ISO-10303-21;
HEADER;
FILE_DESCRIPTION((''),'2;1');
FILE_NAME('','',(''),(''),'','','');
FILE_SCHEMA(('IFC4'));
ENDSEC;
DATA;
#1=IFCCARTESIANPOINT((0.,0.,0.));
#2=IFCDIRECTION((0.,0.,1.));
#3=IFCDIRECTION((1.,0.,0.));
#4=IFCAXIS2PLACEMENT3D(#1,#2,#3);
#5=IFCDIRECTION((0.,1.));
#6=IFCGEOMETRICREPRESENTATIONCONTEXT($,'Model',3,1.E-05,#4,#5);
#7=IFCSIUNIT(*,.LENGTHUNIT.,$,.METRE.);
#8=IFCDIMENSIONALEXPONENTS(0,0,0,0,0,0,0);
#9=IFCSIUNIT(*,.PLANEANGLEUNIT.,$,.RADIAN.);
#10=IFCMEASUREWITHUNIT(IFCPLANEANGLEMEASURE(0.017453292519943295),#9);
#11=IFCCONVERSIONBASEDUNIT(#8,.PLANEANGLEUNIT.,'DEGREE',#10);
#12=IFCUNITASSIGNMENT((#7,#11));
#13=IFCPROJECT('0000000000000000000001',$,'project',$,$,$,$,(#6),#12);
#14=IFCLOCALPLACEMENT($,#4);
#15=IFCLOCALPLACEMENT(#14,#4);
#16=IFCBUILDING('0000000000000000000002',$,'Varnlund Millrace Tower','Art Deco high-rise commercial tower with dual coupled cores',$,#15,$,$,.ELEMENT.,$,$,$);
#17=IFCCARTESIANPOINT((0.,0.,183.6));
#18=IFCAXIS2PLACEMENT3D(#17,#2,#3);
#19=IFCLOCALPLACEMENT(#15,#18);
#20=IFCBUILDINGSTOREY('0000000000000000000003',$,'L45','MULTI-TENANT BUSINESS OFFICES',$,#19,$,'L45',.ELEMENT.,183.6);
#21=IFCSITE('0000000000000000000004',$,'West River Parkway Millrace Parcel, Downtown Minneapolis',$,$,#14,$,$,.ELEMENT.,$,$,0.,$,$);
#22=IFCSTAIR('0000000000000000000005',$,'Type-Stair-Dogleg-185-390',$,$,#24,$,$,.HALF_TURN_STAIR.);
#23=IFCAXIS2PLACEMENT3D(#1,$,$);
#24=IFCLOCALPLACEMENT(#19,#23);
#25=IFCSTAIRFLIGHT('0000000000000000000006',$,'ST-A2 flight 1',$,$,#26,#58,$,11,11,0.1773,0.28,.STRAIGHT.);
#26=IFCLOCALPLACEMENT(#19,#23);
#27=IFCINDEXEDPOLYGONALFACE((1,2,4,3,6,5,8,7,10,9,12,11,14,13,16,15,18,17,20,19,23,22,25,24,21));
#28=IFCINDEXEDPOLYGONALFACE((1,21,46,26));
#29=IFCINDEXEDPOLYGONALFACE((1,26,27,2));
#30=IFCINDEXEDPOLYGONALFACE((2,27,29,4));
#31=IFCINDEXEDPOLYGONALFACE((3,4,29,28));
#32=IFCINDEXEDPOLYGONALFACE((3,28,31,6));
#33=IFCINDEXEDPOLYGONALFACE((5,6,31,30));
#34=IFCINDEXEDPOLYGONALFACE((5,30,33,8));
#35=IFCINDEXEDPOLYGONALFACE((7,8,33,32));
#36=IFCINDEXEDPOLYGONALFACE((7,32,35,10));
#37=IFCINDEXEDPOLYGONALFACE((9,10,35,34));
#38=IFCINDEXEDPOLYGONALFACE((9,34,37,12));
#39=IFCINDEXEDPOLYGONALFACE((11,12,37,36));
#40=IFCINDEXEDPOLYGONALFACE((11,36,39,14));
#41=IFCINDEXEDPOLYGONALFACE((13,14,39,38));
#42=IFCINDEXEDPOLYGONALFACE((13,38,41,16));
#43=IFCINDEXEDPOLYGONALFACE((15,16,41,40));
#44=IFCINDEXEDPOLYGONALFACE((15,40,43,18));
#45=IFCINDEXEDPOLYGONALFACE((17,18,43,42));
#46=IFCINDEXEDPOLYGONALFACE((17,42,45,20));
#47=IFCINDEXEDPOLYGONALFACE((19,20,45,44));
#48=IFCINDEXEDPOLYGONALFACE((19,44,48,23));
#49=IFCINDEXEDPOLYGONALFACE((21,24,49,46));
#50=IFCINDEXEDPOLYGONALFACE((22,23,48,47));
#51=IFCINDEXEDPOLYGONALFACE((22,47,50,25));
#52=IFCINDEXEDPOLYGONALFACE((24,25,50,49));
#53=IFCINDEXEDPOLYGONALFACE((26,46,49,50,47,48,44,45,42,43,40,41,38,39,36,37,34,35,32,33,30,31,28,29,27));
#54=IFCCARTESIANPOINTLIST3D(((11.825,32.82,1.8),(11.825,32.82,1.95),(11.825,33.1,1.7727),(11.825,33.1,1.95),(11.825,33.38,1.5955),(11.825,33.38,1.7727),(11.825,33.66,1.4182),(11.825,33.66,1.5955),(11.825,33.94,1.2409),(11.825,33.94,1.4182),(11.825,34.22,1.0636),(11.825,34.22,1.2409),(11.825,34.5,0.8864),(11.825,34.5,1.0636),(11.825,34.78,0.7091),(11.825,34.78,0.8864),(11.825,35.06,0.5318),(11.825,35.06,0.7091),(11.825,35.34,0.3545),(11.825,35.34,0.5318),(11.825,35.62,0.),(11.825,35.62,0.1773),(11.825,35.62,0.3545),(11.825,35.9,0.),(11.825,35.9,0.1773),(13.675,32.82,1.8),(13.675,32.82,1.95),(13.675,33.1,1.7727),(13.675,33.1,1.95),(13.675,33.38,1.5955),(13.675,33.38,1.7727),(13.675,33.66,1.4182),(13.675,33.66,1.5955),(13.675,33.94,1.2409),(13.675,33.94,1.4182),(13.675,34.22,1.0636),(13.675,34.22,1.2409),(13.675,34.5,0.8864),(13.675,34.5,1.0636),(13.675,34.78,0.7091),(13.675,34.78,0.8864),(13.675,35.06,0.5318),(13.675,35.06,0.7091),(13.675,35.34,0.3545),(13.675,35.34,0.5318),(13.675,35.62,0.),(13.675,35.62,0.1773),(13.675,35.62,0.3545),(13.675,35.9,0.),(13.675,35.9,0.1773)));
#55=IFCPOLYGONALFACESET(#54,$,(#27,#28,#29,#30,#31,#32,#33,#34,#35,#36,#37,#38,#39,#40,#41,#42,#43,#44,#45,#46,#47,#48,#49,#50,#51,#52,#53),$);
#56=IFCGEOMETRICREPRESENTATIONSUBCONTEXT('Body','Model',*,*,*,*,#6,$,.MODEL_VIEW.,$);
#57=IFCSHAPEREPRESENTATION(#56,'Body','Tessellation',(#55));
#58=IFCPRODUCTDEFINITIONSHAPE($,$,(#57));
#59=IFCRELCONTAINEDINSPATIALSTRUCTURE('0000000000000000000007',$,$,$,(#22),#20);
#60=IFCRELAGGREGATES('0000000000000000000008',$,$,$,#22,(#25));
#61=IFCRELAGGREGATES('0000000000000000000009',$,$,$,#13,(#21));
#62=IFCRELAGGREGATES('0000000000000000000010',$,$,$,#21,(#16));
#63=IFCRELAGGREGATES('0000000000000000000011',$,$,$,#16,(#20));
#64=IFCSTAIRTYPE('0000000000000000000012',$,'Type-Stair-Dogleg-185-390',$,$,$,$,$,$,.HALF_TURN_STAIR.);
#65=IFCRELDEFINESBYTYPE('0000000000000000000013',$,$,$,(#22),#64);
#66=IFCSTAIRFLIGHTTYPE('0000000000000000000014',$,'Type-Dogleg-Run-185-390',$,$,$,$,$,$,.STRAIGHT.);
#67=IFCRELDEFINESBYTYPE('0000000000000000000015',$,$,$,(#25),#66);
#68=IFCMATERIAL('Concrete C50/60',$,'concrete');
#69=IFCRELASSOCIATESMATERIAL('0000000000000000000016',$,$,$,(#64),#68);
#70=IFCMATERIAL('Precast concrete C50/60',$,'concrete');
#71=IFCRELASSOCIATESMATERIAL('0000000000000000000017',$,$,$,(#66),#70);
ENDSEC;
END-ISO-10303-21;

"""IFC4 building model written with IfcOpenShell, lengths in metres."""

from ifc_helpers import new_model, entity, si_unit, converted_unit, direction, frame, origin_with_axes, place, context, subcontext, project, spatial, polyline, outline, extrude, material, type_object, element, aggregate, save


model = new_model("IFC4")

# Units and contexts
model_context = context("Model", 3, precision=1e-05, world=origin_with_axes(), true_north=direction((0.0, 1.0)))
body_context = subcontext(model_context, "Body", "Model", "MODEL_VIEW")
ifc_project = project(units=[si_unit("LENGTHUNIT", "METRE"), converted_unit("PLANEANGLEUNIT", "DEGREE", entity("IfcPlaneAngleMeasure", 0.017453292519943295), si_unit("PLANEANGLEUNIT", "RADIAN"), dimensions=[0, 0, 0, 0, 0, 0, 0])], contexts=[model_context])

# Site, building, storey
site_placement = place(None, origin_with_axes())
site = spatial("IfcSite", under=ifc_project, at=site_placement, Name="West River Parkway Millrace Parcel, Downtown Minneapolis", CompositionType="ELEMENT", RefElevation=0.0)
building_placement = place(site_placement, origin_with_axes())
building = spatial("IfcBuilding", under=site, at=building_placement, Name="Varnlund Millrace Tower", Description="Art Deco high-rise commercial tower with dual coupled cores", CompositionType="ELEMENT")
storey_placement = place(building_placement, frame((0.0, 0.0, 183.6), z_axis=(0.0, 0.0, 1.0), x_axis=(1.0, 0.0, 0.0)))
storey = spatial("IfcBuildingStorey", under=building, at=storey_placement, Name="L45", Description="MULTI-TENANT BUSINESS OFFICES", LongName="L45", CompositionType="ELEMENT", Elevation=183.6)

# Stair, stair flight
ifc_material_1 = material(Name="Concrete C50/60", Category="concrete")
ifc_material_2 = material(Name="Precast concrete C50/60", Category="concrete")
stair_type_1 = type_object("IfcStairType", Name="Type-Stair-Dogleg-185-390", PredefinedType="HALF_TURN_STAIR", material=ifc_material_1)
stair_1_placement = place(storey_placement, origin_with_axes())
stair_1 = element("IfcStair", 1, at=stair_1_placement, inside=storey, type_object=stair_type_1, Name="Type-Stair-Dogleg-185-390", PredefinedType="HALF_TURN_STAIR")
stair_flight_type_1 = type_object("IfcStairFlightType", Name="Type-Dogleg-Run-185-390", PredefinedType="STRAIGHT", material=ifc_material_2)
stair_flight_1_placement = place(storey_placement, frame((13.675, 35.9, 0.0), z_axis=(-1.0, 0.0, 0.0), x_axis=(0.0, -1.0, 0.0)))
stair_flight_1 = element("IfcStairFlight", 2, at=stair_flight_1_placement, type_object=stair_flight_type_1, Name="ST-A2 flight 1", NumberOfRisers=11, NumberOfTreads=11, PredefinedType="STRAIGHT", RiserHeight=0.1773, TreadLength=0.28, context=body_context, shape_type="SweptSolid", body=[
    extrude(outline(polyline([(0.0, 0.0), (0.0, 0.1773), (0.28, 0.1773), (0.28, 0.3545), (0.56, 0.3545), (0.56, 0.5318), (0.84, 0.5318), (0.84, 0.7091), (1.12, 0.7091), (1.12, 0.8864), (1.4, 0.8864), (1.4, 1.0636), (1.68, 1.0636), (1.68, 1.2409), (1.96, 1.2409), (1.96, 1.4182), (2.24, 1.4182), (2.24, 1.5955), (2.52, 1.5955), (2.52, 1.7727), (2.8, 1.7727), (2.8, 1.95), (3.08, 1.95), (3.08, 1.8), (0.28, 0.0), (0.0, 0.0)])), origin_with_axes(), (0.0, 0.0, 1.0), 1.85),
])
aggregate(stair_1, [stair_flight_1])

save(model, "model.ifc")
